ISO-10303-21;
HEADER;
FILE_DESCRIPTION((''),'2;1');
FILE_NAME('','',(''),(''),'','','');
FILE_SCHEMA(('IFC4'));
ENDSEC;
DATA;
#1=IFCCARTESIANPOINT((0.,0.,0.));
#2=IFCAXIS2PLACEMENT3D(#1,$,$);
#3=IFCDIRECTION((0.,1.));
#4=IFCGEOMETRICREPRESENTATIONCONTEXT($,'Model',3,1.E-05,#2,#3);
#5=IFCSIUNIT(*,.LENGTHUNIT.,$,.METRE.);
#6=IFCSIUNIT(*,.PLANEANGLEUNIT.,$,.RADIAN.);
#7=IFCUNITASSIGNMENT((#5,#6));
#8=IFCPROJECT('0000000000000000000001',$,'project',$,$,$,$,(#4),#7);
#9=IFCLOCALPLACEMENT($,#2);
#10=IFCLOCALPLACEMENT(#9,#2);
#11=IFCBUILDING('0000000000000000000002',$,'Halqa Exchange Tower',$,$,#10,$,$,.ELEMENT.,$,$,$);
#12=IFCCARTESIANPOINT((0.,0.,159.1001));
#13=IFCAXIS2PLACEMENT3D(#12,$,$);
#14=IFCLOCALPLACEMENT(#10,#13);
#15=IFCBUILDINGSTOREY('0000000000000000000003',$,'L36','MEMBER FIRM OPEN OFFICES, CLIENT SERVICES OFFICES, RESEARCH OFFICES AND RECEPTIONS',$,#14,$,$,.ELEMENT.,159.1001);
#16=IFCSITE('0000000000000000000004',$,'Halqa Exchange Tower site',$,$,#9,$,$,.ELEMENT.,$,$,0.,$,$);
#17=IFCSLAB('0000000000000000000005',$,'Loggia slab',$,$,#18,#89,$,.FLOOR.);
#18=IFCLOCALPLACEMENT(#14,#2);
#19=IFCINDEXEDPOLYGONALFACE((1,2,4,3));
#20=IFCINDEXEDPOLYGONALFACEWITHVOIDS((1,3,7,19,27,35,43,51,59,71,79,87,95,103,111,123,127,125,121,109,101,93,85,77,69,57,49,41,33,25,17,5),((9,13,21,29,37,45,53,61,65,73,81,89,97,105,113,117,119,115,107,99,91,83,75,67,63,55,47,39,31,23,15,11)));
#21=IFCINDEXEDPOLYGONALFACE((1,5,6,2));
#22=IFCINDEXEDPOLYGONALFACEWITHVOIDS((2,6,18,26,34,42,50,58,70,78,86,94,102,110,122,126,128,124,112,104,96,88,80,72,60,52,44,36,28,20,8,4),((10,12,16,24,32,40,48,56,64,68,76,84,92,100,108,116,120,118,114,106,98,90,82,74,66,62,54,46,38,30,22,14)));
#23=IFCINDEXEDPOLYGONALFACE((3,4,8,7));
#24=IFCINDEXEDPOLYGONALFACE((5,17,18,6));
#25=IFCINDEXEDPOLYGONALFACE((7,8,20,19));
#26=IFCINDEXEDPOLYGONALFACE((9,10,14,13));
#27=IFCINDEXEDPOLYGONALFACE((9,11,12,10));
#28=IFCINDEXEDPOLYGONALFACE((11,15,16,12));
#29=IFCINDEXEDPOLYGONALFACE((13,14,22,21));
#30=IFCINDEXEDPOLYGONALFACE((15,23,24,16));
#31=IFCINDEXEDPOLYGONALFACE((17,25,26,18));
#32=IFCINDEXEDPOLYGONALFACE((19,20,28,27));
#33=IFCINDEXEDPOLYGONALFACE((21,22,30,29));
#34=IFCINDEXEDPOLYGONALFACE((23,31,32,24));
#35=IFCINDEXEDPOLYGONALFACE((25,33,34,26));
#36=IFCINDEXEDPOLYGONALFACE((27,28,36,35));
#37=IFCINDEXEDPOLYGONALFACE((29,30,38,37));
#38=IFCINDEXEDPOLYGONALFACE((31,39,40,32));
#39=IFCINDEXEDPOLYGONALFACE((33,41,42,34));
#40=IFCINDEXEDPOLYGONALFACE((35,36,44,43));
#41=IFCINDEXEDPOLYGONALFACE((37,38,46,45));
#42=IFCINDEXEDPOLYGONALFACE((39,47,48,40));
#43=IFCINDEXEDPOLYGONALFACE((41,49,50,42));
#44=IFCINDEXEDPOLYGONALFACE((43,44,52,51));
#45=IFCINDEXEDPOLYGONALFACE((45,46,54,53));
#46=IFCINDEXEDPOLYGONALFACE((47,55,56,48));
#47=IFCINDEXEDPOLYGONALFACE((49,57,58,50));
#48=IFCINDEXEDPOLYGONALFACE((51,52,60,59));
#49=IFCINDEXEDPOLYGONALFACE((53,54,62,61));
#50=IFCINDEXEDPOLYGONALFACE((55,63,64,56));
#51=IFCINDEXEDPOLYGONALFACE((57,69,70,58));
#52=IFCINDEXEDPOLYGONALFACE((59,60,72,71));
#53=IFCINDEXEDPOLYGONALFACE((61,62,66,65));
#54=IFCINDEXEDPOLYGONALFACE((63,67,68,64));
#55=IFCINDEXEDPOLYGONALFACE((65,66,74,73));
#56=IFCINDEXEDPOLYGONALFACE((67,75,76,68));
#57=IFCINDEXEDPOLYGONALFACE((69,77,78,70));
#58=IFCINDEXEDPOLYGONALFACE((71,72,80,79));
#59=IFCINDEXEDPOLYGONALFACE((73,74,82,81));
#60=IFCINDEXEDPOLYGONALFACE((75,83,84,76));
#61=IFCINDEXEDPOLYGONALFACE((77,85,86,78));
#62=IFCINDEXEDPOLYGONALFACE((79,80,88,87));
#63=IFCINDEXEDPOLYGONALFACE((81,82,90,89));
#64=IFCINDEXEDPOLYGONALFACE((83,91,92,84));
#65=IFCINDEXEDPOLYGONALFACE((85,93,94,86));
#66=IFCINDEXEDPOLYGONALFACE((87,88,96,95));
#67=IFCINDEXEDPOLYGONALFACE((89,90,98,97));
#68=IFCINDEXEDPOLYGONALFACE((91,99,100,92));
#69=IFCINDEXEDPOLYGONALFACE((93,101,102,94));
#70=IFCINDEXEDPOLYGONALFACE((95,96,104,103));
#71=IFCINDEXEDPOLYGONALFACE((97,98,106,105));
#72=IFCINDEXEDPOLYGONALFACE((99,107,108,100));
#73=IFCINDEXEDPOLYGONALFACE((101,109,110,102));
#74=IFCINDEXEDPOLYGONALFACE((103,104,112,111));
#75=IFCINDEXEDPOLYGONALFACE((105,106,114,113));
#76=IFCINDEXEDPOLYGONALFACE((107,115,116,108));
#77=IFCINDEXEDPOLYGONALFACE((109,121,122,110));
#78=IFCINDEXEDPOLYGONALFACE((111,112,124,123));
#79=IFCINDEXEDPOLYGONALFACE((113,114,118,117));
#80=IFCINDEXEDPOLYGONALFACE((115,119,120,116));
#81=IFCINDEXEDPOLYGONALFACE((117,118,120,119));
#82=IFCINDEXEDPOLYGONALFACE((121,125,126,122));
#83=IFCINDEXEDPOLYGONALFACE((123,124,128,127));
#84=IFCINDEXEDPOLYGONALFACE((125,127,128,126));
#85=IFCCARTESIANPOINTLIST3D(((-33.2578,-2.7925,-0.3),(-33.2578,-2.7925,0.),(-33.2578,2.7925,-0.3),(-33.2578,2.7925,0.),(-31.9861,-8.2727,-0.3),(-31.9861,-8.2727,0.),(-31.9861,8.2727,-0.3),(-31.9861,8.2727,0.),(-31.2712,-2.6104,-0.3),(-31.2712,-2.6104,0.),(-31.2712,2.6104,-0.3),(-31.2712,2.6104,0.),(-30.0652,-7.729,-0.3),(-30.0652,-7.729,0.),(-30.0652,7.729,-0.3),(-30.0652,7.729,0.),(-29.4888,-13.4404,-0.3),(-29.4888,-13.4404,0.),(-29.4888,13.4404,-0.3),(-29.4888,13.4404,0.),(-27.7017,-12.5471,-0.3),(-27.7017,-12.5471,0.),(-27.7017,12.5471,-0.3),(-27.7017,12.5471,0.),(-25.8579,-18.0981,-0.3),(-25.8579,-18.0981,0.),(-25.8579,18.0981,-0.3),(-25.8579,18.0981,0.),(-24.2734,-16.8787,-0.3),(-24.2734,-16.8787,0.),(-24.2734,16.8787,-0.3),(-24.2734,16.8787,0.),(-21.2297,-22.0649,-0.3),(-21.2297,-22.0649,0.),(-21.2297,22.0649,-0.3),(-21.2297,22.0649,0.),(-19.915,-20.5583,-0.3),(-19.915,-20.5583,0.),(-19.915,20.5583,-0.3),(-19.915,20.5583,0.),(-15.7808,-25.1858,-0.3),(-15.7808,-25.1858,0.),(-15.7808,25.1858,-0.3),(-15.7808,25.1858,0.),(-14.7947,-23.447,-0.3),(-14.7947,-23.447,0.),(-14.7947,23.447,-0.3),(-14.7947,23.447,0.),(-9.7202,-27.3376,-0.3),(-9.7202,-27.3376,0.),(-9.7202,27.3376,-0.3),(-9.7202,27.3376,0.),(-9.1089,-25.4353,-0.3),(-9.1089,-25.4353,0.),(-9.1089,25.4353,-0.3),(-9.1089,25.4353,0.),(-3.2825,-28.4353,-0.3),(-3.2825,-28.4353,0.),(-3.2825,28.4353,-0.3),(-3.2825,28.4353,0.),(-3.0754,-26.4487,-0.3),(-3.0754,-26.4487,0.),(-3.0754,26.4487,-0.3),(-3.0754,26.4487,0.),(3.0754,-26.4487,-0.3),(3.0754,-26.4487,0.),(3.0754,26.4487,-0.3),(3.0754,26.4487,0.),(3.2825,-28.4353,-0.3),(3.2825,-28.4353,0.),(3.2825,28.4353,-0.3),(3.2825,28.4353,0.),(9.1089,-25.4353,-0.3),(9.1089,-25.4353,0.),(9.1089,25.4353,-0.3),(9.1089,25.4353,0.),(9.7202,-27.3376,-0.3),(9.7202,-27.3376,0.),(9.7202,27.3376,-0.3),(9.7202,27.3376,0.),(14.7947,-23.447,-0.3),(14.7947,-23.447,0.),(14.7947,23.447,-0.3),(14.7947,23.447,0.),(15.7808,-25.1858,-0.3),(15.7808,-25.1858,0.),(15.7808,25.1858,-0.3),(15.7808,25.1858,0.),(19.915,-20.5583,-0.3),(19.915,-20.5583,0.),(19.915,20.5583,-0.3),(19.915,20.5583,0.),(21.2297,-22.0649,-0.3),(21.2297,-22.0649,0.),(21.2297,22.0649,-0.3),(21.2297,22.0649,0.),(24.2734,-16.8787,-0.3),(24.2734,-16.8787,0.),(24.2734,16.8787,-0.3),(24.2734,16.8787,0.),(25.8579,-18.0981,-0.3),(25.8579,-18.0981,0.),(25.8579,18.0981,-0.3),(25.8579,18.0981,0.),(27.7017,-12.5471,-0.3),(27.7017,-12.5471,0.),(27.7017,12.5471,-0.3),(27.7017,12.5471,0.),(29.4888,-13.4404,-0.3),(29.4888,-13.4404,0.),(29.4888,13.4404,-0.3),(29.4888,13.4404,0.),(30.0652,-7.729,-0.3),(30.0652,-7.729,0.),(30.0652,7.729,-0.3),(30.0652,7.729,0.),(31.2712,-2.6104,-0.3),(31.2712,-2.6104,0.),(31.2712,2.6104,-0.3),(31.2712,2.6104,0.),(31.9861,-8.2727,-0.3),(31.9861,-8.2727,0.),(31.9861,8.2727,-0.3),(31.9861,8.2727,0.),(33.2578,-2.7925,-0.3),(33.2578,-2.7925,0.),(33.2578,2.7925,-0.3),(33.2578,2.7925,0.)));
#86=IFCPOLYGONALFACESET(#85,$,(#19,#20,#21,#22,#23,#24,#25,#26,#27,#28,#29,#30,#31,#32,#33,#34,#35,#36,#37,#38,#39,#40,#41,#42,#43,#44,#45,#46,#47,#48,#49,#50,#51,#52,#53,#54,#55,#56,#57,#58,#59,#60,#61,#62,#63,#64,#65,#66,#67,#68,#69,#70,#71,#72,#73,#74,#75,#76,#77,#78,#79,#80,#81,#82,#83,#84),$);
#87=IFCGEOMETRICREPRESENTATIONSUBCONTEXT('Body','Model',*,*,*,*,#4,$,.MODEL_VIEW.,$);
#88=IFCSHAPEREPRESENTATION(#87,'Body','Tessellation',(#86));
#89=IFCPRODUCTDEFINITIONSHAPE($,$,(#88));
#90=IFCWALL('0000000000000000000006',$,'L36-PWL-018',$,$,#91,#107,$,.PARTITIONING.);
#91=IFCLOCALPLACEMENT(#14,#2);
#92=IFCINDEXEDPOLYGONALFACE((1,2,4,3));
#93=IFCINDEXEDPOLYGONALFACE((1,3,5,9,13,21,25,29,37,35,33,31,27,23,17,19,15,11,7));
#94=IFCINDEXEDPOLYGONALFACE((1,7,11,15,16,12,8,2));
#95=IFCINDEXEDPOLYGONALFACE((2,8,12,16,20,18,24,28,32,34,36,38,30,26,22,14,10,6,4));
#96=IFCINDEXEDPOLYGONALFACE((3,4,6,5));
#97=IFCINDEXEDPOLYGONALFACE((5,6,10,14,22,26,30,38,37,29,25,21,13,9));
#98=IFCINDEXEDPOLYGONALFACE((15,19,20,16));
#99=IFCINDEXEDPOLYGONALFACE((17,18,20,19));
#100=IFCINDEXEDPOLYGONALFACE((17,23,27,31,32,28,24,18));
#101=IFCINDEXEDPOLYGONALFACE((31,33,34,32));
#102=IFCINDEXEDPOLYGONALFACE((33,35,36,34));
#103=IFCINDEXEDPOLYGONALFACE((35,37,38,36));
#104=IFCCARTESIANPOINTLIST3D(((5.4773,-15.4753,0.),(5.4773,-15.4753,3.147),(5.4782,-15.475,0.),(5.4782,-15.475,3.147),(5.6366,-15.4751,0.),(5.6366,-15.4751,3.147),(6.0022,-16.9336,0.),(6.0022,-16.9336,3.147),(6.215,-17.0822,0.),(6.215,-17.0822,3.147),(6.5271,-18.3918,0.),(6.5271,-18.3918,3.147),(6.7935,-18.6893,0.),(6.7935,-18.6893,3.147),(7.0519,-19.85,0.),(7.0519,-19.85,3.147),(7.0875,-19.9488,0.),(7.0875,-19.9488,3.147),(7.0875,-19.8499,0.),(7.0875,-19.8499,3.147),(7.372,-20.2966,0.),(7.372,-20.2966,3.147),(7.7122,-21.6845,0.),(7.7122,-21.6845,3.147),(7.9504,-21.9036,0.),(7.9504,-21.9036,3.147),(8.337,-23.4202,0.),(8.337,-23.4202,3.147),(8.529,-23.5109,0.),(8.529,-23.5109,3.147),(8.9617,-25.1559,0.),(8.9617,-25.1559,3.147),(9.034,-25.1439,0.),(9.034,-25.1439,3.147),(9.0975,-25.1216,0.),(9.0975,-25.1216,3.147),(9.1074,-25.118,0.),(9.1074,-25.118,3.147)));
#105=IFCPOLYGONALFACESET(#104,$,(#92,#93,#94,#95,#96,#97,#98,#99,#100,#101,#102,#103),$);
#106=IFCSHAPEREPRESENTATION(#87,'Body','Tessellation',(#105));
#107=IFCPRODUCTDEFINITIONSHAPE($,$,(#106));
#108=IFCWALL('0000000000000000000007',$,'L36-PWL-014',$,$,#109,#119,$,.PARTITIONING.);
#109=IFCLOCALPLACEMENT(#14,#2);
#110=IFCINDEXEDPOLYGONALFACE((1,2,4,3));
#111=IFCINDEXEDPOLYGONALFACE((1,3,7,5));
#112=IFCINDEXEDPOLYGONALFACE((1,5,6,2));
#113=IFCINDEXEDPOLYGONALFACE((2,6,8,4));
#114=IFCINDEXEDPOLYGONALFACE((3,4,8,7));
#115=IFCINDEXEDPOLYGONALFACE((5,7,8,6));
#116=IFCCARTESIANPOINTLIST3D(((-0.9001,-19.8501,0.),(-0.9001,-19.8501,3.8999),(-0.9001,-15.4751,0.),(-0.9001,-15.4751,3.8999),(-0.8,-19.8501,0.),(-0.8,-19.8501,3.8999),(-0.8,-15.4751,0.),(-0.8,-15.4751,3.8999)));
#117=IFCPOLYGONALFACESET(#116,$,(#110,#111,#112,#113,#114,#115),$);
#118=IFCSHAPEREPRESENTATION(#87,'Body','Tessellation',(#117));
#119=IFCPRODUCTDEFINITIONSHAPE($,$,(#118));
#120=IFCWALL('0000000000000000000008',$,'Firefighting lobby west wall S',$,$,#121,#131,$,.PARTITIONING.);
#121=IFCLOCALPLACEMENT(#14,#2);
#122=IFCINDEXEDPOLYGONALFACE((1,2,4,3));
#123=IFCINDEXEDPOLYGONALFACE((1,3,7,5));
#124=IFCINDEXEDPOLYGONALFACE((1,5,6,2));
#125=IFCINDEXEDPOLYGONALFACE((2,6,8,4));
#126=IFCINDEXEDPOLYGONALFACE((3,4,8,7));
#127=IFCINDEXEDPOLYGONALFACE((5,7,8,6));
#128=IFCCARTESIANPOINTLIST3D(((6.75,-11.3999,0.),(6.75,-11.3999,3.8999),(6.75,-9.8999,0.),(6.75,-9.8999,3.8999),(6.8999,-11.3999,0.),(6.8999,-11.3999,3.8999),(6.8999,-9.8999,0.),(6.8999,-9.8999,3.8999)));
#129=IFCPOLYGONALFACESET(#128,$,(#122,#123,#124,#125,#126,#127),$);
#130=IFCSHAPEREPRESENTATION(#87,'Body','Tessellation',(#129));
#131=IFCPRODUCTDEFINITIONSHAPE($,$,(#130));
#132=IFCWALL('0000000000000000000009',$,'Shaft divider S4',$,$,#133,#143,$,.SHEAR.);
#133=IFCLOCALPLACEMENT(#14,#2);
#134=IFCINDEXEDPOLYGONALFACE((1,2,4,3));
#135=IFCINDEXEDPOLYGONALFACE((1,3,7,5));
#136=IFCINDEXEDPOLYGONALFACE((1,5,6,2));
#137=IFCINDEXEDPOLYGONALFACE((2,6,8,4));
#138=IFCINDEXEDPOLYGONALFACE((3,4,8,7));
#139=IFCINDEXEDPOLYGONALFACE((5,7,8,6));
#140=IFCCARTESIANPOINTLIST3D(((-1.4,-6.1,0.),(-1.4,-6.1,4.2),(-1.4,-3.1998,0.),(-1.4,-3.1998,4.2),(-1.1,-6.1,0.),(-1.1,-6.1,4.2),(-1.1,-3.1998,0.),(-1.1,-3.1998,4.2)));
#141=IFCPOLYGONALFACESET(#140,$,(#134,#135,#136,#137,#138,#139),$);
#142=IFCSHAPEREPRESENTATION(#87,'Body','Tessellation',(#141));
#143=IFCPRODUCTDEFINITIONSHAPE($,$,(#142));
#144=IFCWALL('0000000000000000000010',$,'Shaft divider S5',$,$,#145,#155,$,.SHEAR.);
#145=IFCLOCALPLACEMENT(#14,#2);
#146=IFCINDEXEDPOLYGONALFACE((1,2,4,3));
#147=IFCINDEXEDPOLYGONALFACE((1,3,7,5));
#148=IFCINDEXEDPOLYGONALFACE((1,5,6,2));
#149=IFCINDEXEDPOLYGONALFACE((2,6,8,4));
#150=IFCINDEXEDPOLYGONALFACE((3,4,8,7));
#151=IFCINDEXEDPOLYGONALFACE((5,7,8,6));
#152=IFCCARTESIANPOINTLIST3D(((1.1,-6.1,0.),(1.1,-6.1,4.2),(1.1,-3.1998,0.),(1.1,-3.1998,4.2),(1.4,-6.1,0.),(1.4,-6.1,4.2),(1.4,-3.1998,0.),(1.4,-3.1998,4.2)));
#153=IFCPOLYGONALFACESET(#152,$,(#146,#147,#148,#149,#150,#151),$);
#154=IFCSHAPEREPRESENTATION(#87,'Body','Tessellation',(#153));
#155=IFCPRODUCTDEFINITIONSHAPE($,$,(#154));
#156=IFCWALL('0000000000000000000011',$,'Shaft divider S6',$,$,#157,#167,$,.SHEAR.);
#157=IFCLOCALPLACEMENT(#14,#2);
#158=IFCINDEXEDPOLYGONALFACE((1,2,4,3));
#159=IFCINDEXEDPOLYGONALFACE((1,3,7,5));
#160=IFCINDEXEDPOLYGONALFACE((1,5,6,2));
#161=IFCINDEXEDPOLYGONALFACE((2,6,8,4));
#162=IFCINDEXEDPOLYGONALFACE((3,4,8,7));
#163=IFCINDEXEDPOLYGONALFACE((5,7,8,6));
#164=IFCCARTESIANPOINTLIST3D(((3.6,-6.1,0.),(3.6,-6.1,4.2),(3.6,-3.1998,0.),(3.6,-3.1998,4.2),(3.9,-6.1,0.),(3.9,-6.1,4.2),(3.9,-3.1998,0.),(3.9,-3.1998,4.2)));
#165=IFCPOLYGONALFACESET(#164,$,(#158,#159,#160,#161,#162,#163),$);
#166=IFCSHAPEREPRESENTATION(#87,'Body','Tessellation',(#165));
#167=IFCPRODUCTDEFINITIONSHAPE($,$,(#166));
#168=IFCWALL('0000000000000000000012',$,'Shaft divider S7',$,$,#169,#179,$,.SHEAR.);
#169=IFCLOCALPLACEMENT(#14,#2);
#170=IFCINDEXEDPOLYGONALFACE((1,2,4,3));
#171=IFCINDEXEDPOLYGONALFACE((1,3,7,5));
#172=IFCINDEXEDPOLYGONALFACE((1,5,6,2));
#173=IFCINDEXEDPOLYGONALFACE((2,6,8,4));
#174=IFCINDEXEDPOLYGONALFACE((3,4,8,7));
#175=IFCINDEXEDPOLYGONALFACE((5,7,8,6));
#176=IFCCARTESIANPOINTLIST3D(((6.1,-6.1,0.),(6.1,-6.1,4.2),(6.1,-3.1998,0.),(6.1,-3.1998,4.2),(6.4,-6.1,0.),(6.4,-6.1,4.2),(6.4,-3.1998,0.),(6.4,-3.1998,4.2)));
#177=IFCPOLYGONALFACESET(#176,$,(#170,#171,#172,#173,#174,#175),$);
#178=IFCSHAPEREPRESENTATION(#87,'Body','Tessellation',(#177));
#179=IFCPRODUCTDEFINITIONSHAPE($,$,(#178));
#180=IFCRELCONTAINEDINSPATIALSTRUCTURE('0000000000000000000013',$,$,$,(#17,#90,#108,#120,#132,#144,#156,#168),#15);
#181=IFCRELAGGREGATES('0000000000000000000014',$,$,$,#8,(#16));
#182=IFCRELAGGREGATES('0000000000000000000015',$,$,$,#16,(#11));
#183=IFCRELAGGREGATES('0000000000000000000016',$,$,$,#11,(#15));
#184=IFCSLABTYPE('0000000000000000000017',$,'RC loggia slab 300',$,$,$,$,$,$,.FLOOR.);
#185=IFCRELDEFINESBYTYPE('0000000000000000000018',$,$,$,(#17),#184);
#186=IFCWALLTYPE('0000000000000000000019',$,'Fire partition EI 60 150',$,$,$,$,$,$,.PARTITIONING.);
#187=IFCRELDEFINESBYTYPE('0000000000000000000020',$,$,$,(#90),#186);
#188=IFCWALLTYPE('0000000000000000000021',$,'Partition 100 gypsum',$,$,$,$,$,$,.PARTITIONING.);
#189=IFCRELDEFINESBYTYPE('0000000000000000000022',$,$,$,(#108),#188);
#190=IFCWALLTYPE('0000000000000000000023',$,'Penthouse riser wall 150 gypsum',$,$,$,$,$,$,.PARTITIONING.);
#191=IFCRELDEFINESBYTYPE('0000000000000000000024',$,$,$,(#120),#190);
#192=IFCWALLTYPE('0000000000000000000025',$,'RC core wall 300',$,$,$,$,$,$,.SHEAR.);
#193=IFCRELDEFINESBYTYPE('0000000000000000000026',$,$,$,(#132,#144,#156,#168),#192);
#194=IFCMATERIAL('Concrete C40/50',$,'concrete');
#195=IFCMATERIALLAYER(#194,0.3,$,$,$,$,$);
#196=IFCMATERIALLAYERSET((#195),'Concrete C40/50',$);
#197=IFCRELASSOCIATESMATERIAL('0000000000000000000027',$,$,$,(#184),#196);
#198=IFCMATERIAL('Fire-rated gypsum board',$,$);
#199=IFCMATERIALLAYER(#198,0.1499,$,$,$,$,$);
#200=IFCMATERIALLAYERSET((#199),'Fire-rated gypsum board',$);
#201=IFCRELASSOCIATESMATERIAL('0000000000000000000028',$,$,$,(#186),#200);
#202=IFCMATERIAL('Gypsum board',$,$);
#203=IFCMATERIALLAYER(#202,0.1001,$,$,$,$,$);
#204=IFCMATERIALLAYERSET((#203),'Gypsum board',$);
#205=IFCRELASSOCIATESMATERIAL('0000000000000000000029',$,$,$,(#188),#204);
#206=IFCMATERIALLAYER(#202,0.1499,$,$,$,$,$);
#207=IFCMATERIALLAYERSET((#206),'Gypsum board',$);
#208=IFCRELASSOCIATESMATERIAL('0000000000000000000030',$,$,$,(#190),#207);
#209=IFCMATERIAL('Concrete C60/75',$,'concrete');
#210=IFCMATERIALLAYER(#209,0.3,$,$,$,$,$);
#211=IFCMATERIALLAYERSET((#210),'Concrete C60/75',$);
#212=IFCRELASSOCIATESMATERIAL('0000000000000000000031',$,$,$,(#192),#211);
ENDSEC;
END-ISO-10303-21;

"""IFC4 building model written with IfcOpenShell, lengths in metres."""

from ifc_helpers import new_model, si_unit, direction, frame, frame_2d, origin, place, context, subcontext, project, spatial, polyline, rectangle, outline, extrude, material, layer, layer_set, type_object, element, save


model = new_model("IFC4")

# Units and contexts
model_context = context("Model", 3, precision=1e-05, world=origin(), true_north=direction((0.0, 1.0)))
body_context = subcontext(model_context, "Body", "Model", "MODEL_VIEW")
ifc_project = project(units=[si_unit("LENGTHUNIT", "METRE"), si_unit("PLANEANGLEUNIT", "RADIAN")], contexts=[model_context])

# Site, building, storey
site_placement = place(None, origin())
site = spatial("IfcSite", under=ifc_project, at=site_placement, Name="Halqa Exchange Tower site", CompositionType="ELEMENT", RefElevation=0.0)
building_placement = place(site_placement, origin())
building = spatial("IfcBuilding", under=site, at=building_placement, Name="Halqa Exchange Tower", CompositionType="ELEMENT")
storey_placement = place(building_placement, frame((0.0, 0.0, 159.1001)))
storey = spatial("IfcBuildingStorey", under=building, at=storey_placement, Name="L36", Description="MEMBER FIRM OPEN OFFICES, CLIENT SERVICES OFFICES, RESEARCH OFFICES AND RECEPTIONS", CompositionType="ELEMENT", Elevation=159.1001)

# Shared definitions
ifc_material_1 = material(Name="Concrete C60/75", Category="concrete")

# Slab
ifc_material_2 = material(Name="Concrete C40/50", Category="concrete")
ifc_layer_1 = layer(ifc_material_2, 0.3)
ifc_layer_set_1 = layer_set([ifc_layer_1], Name="Concrete C40/50")
slab_type_1 = type_object("IfcSlabType", Name="RC loggia slab 300", PredefinedType="FLOOR", material=ifc_layer_set_1)
slab_1_placement = place(storey_placement, frame((0.0, 0.0, -0.3)))
element("IfcSlab", 1, at=slab_1_placement, inside=storey, type_object=slab_type_1, Name="Loggia slab", PredefinedType="FLOOR", context=body_context, shape_type="SweptSolid", body=[
    extrude(outline(polyline([(33.2578, 2.7925), (33.2578, -2.7925), (31.9861, -8.2727), (29.4888, -13.4404), (25.8579, -18.0981), (21.2297, -22.0649), (15.7808, -25.1858), (9.7202, -27.3376), (3.2825, -28.4353), (-3.2825, -28.4353), (-9.7202, -27.3376), (-15.7808, -25.1858), (-21.2297, -22.0649), (-25.8579, -18.0981), (-29.4888, -13.4404), (-31.9861, -8.2727), (-33.2578, -2.7925), (-33.2578, 2.7925), (-31.9861, 8.2727), (-29.4888, 13.4404), (-25.8579, 18.0981), (-21.2297, 22.0649), (-15.7808, 25.1858), (-9.7202, 27.3376), (-3.2825, 28.4353), (3.2825, 28.4353), (9.7202, 27.3376), (15.7808, 25.1858), (21.2297, 22.0649), (25.8579, 18.0981), (29.4888, 13.4404), (31.9861, 8.2727), (33.2578, 2.7925)]), holes=[polyline([(31.2712, 2.6104), (30.0652, 7.729), (27.7017, 12.5471), (24.2734, 16.8787), (19.915, 20.5583), (14.7947, 23.447), (9.1089, 25.4353), (3.0754, 26.4487), (-3.0754, 26.4487), (-9.1089, 25.4353), (-14.7947, 23.447), (-19.915, 20.5583), (-24.2734, 16.8787), (-27.7017, 12.5471), (-30.0652, 7.729), (-31.2712, 2.6104), (-31.2712, -2.6104), (-30.0652, -7.729), (-27.7017, -12.5471), (-24.2734, -16.8787), (-19.915, -20.5583), (-14.7947, -23.447), (-9.1089, -25.4353), (-3.0754, -26.4487), (3.0754, -26.4487), (9.1089, -25.4353), (14.7947, -23.447), (19.915, -20.5583), (24.2734, -16.8787), (27.7017, -12.5471), (30.0652, -7.729), (31.2712, -2.6104), (31.2712, 2.6104)])]), origin(), (0.0, 0.0, 1.0), 0.3),
])

# Walls
ifc_material_3 = material(Name="Fire-rated gypsum board")
ifc_layer_2 = layer(ifc_material_3, 0.1499)
ifc_layer_set_2 = layer_set([ifc_layer_2], Name="Fire-rated gypsum board")
wall_type_1 = type_object("IfcWallType", Name="Fire partition EI 60 150", PredefinedType="PARTITIONING", material=ifc_layer_set_2)
wall_1_placement = place(storey_placement, frame((5.5479, -15.45, 0.0), z_axis=(0.0, 0.0, 1.0), x_axis=(0.338668, -0.940906, 0.0)))
element("IfcWall", 2, at=wall_1_placement, inside=storey, type_object=wall_type_1, Name="L36-PWL-018", PredefinedType="PARTITIONING", context=body_context, shape_type="SweptSolid", body=[
    extrude(outline(polyline([(0.0, -0.075), (1.5498, -0.075), (3.0996, -0.075), (4.6494, -0.075), (4.6614, -0.0415), (4.7544, -0.075), (6.5991, -0.075), (8.4438, -0.075), (10.2886, -0.075), (10.3018, -0.0029), (10.3022, 0.0645), (10.3022, 0.075), (8.5942, 0.075), (6.886, 0.075), (5.178, 0.075), (3.4697, 0.075), (1.7617, 0.075), (0.0537, 0.075), (0.0, -0.074), (0.0, -0.075)])), origin(), (0.0, 0.0, 1.0), 3.147),
])
ifc_material_4 = material(Name="Gypsum board")
ifc_layer_3 = layer(ifc_material_4, 0.1001)
ifc_layer_set_3 = layer_set([ifc_layer_3], Name="Gypsum board")
wall_type_2 = type_object("IfcWallType", Name="Partition 100 gypsum", PredefinedType="PARTITIONING", material=ifc_layer_set_3)
wall_2_placement = place(storey_placement, frame((-0.8501, -15.4751, 0.0), z_axis=(0.0, 0.0, 1.0), x_axis=(0.0, -1.0, 0.0)))
element("IfcWall", 3, at=wall_2_placement, inside=storey, type_object=wall_type_2, Name="L36-PWL-014", PredefinedType="PARTITIONING", context=body_context, shape_type="SweptSolid", body=[
    extrude(rectangle(XDim=4.375, YDim=0.1001, at=frame_2d((2.1875, 0.0))), origin(), (0.0, 0.0, 1.0), 3.8999),
])
ifc_layer_4 = layer(ifc_material_4, 0.1499)
ifc_layer_set_4 = layer_set([ifc_layer_4], Name="Gypsum board")
wall_type_3 = type_object("IfcWallType", Name="Penthouse riser wall 150 gypsum", PredefinedType="PARTITIONING", material=ifc_layer_set_4)
wall_3_placement = place(storey_placement, frame((6.825, -11.3999, 0.0), z_axis=(0.0, 0.0, 1.0), x_axis=(0.0, 1.0, 0.0)))
element("IfcWall", 4, at=wall_3_placement, inside=storey, type_object=wall_type_3, Name="Firefighting lobby west wall S", PredefinedType="PARTITIONING", context=body_context, shape_type="SweptSolid", body=[
    extrude(rectangle(XDim=1.5, YDim=0.1499, at=frame_2d((0.75, 0.0))), origin(), (0.0, 0.0, 1.0), 3.8999),
])
ifc_layer_5 = layer(ifc_material_1, 0.3)
ifc_layer_set_5 = layer_set([ifc_layer_5], Name="Concrete C60/75")
wall_type_4 = type_object("IfcWallType", Name="RC core wall 300", PredefinedType="SHEAR", material=ifc_layer_set_5)
for number, where, z_axis, x_axis, name in (
    (5, (-1.25, -6.1001, 0.0), (0.0, 0.0, 1.0), (0.0, 1.0, 0.0), "Shaft divider S4"),
    (6, (1.25, -6.1001, 0.0), (0.0, 0.0, 1.0), (0.0, 1.0, 0.0), "Shaft divider S5"),
    (7, (3.75, -6.1001, 0.0), (0.0, 0.0, 1.0), (0.0, 1.0, 0.0), "Shaft divider S6"),
    (8, (6.25, -6.1001, 0.0), (0.0, 0.0, 1.0), (0.0, 1.0, 0.0), "Shaft divider S7"),
):
    element("IfcWall", number, at=place(storey_placement, frame(where, z_axis=z_axis, x_axis=x_axis)), inside=storey, type_object=wall_type_4, Name=name, PredefinedType="SHEAR", context=body_context, shape_type="SweptSolid", body=[
        extrude(rectangle(XDim=2.9001, YDim=0.3, at=frame_2d((1.4502, 0.0))), origin(), (0.0, 0.0, 1.0), 4.2),
    ])

save(model, "model.ifc")
